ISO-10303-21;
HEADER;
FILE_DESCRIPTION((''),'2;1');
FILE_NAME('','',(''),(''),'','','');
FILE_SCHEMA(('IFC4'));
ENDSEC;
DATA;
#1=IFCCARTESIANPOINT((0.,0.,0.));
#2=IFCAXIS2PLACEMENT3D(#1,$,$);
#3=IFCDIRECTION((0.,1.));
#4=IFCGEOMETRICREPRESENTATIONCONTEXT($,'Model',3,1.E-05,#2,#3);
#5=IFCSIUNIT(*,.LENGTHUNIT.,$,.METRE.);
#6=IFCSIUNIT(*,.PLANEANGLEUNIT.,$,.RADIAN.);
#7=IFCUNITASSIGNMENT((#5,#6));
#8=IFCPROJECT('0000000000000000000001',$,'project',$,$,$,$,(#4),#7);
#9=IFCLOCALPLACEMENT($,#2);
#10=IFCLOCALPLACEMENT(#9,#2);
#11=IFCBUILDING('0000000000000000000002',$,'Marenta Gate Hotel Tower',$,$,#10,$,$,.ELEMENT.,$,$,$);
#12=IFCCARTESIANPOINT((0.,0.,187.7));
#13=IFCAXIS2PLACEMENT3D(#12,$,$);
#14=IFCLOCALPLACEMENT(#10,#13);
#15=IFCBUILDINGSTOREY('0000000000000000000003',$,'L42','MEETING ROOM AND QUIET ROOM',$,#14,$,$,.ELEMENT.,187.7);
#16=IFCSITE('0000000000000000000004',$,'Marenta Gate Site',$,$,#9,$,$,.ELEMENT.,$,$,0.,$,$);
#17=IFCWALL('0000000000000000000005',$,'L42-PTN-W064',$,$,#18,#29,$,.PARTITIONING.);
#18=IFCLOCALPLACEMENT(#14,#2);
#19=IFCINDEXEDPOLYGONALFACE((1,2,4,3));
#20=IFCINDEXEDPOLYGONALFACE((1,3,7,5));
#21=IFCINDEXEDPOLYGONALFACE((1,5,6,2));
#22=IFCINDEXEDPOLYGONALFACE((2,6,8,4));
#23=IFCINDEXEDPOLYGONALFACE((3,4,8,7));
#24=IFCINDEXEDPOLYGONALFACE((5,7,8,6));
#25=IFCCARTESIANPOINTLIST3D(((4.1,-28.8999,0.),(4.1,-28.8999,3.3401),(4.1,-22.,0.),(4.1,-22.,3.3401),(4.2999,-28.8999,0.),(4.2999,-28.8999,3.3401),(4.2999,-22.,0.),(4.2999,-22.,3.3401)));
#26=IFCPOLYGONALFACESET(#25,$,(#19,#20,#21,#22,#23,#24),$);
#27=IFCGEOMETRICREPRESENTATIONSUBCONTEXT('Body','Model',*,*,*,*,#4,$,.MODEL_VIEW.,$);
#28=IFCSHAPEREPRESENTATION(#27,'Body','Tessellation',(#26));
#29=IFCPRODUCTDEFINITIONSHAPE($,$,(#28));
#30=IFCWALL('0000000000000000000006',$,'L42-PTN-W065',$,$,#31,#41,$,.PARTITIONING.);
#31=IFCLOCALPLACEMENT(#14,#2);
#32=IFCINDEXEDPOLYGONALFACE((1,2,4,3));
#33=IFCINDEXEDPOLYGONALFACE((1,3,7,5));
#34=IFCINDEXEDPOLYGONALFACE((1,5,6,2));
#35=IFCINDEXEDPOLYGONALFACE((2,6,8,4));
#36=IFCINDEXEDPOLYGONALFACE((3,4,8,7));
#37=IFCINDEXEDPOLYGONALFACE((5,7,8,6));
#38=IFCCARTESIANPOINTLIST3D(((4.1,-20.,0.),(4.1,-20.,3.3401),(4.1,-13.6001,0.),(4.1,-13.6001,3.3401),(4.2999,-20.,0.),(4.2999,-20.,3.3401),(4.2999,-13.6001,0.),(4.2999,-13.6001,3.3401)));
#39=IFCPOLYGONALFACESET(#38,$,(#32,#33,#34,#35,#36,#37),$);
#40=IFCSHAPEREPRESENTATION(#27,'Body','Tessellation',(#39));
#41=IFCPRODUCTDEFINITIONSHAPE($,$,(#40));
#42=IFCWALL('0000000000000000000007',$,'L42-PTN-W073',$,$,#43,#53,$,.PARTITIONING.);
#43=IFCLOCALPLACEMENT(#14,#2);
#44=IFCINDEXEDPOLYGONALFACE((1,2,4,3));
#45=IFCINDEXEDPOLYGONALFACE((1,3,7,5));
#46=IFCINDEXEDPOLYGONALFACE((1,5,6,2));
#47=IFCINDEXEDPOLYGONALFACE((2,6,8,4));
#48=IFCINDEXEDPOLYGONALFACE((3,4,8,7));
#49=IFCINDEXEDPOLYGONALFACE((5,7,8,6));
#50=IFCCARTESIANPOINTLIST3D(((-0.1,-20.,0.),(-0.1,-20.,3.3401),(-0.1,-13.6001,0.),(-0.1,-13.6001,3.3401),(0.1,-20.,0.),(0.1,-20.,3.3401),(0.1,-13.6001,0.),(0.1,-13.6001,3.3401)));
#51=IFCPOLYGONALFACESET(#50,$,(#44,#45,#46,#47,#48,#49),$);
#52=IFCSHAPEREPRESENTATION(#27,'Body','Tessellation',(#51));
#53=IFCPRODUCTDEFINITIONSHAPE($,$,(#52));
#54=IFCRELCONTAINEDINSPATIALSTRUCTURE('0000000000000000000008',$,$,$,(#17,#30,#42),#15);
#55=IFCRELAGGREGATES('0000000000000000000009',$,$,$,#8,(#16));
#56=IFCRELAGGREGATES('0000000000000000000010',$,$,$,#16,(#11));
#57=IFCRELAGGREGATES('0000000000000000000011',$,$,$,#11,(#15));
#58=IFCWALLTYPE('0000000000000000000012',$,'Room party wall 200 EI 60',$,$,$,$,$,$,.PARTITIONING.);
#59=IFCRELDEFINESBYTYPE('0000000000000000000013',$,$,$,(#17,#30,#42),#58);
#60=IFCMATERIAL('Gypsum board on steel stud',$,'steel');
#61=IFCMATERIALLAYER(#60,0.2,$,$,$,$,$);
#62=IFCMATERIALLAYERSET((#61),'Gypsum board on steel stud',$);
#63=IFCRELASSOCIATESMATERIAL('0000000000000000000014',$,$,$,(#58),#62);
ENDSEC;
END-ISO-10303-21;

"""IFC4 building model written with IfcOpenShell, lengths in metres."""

from ifc_helpers import new_model, si_unit, direction, frame, frame_2d, origin, place, context, subcontext, project, spatial, rectangle, extrude, material, layer, layer_set, type_object, element, save


model = new_model("IFC4")

# Units and contexts
model_context = context("Model", 3, precision=1e-05, world=origin(), true_north=direction((0.0, 1.0)))
body_context = subcontext(model_context, "Body", "Model", "MODEL_VIEW")
ifc_project = project(units=[si_unit("LENGTHUNIT", "METRE"), si_unit("PLANEANGLEUNIT", "RADIAN")], contexts=[model_context])

# Site, building, storey
site_placement = place(None, origin())
site = spatial("IfcSite", under=ifc_project, at=site_placement, Name="Marenta Gate Site", CompositionType="ELEMENT", RefElevation=0.0)
building_placement = place(site_placement, origin())
building = spatial("IfcBuilding", under=site, at=building_placement, Name="Marenta Gate Hotel Tower", CompositionType="ELEMENT")
storey_placement = place(building_placement, frame((0.0, 0.0, 187.7)))
storey = spatial("IfcBuildingStorey", under=building, at=storey_placement, Name="L42", Description="MEETING ROOM AND QUIET ROOM", CompositionType="ELEMENT", Elevation=187.7)

# Walls
ifc_material_1 = material(Name="Gypsum board on steel stud", Category="steel")
ifc_layer_1 = layer(ifc_material_1, 0.2)
ifc_layer_set_1 = layer_set([ifc_layer_1], Name="Gypsum board on steel stud")
wall_type_1 = type_object("IfcWallType", Name="Room party wall 200 EI 60", PredefinedType="PARTITIONING", material=ifc_layer_set_1)
wall_1_placement = place(storey_placement, frame((4.2, -28.8999, 0.0), z_axis=(0.0, 0.0, 1.0), x_axis=(0.0, 1.0, 0.0)))
element("IfcWall", 1, at=wall_1_placement, inside=storey, type_object=wall_type_1, Name="L42-PTN-W064", PredefinedType="PARTITIONING", context=body_context, shape_type="SweptSolid", body=[
    extrude(rectangle(XDim=6.8999, YDim=0.2, at=frame_2d((3.45, 0.0))), origin(), (0.0, 0.0, 1.0), 3.3401),
])
for number, where, z_axis, x_axis, name in (
    (2, (4.2, -20.0, 0.0), (0.0, 0.0, 1.0), (0.0, 1.0, 0.0), "L42-PTN-W065"),
    (3, (0.0, -20.0, 0.0), (0.0, 0.0, 1.0), (0.0, 1.0, 0.0), "L42-PTN-W073"),
):
    element("IfcWall", number, at=place(storey_placement, frame(where, z_axis=z_axis, x_axis=x_axis)), inside=storey, type_object=wall_type_1, Name=name, PredefinedType="PARTITIONING", context=body_context, shape_type="SweptSolid", body=[
        extrude(rectangle(XDim=6.3999, YDim=0.2, at=frame_2d((3.2, 0.0))), origin(), (0.0, 0.0, 1.0), 3.3401),
    ])

save(model, "model.ifc")
